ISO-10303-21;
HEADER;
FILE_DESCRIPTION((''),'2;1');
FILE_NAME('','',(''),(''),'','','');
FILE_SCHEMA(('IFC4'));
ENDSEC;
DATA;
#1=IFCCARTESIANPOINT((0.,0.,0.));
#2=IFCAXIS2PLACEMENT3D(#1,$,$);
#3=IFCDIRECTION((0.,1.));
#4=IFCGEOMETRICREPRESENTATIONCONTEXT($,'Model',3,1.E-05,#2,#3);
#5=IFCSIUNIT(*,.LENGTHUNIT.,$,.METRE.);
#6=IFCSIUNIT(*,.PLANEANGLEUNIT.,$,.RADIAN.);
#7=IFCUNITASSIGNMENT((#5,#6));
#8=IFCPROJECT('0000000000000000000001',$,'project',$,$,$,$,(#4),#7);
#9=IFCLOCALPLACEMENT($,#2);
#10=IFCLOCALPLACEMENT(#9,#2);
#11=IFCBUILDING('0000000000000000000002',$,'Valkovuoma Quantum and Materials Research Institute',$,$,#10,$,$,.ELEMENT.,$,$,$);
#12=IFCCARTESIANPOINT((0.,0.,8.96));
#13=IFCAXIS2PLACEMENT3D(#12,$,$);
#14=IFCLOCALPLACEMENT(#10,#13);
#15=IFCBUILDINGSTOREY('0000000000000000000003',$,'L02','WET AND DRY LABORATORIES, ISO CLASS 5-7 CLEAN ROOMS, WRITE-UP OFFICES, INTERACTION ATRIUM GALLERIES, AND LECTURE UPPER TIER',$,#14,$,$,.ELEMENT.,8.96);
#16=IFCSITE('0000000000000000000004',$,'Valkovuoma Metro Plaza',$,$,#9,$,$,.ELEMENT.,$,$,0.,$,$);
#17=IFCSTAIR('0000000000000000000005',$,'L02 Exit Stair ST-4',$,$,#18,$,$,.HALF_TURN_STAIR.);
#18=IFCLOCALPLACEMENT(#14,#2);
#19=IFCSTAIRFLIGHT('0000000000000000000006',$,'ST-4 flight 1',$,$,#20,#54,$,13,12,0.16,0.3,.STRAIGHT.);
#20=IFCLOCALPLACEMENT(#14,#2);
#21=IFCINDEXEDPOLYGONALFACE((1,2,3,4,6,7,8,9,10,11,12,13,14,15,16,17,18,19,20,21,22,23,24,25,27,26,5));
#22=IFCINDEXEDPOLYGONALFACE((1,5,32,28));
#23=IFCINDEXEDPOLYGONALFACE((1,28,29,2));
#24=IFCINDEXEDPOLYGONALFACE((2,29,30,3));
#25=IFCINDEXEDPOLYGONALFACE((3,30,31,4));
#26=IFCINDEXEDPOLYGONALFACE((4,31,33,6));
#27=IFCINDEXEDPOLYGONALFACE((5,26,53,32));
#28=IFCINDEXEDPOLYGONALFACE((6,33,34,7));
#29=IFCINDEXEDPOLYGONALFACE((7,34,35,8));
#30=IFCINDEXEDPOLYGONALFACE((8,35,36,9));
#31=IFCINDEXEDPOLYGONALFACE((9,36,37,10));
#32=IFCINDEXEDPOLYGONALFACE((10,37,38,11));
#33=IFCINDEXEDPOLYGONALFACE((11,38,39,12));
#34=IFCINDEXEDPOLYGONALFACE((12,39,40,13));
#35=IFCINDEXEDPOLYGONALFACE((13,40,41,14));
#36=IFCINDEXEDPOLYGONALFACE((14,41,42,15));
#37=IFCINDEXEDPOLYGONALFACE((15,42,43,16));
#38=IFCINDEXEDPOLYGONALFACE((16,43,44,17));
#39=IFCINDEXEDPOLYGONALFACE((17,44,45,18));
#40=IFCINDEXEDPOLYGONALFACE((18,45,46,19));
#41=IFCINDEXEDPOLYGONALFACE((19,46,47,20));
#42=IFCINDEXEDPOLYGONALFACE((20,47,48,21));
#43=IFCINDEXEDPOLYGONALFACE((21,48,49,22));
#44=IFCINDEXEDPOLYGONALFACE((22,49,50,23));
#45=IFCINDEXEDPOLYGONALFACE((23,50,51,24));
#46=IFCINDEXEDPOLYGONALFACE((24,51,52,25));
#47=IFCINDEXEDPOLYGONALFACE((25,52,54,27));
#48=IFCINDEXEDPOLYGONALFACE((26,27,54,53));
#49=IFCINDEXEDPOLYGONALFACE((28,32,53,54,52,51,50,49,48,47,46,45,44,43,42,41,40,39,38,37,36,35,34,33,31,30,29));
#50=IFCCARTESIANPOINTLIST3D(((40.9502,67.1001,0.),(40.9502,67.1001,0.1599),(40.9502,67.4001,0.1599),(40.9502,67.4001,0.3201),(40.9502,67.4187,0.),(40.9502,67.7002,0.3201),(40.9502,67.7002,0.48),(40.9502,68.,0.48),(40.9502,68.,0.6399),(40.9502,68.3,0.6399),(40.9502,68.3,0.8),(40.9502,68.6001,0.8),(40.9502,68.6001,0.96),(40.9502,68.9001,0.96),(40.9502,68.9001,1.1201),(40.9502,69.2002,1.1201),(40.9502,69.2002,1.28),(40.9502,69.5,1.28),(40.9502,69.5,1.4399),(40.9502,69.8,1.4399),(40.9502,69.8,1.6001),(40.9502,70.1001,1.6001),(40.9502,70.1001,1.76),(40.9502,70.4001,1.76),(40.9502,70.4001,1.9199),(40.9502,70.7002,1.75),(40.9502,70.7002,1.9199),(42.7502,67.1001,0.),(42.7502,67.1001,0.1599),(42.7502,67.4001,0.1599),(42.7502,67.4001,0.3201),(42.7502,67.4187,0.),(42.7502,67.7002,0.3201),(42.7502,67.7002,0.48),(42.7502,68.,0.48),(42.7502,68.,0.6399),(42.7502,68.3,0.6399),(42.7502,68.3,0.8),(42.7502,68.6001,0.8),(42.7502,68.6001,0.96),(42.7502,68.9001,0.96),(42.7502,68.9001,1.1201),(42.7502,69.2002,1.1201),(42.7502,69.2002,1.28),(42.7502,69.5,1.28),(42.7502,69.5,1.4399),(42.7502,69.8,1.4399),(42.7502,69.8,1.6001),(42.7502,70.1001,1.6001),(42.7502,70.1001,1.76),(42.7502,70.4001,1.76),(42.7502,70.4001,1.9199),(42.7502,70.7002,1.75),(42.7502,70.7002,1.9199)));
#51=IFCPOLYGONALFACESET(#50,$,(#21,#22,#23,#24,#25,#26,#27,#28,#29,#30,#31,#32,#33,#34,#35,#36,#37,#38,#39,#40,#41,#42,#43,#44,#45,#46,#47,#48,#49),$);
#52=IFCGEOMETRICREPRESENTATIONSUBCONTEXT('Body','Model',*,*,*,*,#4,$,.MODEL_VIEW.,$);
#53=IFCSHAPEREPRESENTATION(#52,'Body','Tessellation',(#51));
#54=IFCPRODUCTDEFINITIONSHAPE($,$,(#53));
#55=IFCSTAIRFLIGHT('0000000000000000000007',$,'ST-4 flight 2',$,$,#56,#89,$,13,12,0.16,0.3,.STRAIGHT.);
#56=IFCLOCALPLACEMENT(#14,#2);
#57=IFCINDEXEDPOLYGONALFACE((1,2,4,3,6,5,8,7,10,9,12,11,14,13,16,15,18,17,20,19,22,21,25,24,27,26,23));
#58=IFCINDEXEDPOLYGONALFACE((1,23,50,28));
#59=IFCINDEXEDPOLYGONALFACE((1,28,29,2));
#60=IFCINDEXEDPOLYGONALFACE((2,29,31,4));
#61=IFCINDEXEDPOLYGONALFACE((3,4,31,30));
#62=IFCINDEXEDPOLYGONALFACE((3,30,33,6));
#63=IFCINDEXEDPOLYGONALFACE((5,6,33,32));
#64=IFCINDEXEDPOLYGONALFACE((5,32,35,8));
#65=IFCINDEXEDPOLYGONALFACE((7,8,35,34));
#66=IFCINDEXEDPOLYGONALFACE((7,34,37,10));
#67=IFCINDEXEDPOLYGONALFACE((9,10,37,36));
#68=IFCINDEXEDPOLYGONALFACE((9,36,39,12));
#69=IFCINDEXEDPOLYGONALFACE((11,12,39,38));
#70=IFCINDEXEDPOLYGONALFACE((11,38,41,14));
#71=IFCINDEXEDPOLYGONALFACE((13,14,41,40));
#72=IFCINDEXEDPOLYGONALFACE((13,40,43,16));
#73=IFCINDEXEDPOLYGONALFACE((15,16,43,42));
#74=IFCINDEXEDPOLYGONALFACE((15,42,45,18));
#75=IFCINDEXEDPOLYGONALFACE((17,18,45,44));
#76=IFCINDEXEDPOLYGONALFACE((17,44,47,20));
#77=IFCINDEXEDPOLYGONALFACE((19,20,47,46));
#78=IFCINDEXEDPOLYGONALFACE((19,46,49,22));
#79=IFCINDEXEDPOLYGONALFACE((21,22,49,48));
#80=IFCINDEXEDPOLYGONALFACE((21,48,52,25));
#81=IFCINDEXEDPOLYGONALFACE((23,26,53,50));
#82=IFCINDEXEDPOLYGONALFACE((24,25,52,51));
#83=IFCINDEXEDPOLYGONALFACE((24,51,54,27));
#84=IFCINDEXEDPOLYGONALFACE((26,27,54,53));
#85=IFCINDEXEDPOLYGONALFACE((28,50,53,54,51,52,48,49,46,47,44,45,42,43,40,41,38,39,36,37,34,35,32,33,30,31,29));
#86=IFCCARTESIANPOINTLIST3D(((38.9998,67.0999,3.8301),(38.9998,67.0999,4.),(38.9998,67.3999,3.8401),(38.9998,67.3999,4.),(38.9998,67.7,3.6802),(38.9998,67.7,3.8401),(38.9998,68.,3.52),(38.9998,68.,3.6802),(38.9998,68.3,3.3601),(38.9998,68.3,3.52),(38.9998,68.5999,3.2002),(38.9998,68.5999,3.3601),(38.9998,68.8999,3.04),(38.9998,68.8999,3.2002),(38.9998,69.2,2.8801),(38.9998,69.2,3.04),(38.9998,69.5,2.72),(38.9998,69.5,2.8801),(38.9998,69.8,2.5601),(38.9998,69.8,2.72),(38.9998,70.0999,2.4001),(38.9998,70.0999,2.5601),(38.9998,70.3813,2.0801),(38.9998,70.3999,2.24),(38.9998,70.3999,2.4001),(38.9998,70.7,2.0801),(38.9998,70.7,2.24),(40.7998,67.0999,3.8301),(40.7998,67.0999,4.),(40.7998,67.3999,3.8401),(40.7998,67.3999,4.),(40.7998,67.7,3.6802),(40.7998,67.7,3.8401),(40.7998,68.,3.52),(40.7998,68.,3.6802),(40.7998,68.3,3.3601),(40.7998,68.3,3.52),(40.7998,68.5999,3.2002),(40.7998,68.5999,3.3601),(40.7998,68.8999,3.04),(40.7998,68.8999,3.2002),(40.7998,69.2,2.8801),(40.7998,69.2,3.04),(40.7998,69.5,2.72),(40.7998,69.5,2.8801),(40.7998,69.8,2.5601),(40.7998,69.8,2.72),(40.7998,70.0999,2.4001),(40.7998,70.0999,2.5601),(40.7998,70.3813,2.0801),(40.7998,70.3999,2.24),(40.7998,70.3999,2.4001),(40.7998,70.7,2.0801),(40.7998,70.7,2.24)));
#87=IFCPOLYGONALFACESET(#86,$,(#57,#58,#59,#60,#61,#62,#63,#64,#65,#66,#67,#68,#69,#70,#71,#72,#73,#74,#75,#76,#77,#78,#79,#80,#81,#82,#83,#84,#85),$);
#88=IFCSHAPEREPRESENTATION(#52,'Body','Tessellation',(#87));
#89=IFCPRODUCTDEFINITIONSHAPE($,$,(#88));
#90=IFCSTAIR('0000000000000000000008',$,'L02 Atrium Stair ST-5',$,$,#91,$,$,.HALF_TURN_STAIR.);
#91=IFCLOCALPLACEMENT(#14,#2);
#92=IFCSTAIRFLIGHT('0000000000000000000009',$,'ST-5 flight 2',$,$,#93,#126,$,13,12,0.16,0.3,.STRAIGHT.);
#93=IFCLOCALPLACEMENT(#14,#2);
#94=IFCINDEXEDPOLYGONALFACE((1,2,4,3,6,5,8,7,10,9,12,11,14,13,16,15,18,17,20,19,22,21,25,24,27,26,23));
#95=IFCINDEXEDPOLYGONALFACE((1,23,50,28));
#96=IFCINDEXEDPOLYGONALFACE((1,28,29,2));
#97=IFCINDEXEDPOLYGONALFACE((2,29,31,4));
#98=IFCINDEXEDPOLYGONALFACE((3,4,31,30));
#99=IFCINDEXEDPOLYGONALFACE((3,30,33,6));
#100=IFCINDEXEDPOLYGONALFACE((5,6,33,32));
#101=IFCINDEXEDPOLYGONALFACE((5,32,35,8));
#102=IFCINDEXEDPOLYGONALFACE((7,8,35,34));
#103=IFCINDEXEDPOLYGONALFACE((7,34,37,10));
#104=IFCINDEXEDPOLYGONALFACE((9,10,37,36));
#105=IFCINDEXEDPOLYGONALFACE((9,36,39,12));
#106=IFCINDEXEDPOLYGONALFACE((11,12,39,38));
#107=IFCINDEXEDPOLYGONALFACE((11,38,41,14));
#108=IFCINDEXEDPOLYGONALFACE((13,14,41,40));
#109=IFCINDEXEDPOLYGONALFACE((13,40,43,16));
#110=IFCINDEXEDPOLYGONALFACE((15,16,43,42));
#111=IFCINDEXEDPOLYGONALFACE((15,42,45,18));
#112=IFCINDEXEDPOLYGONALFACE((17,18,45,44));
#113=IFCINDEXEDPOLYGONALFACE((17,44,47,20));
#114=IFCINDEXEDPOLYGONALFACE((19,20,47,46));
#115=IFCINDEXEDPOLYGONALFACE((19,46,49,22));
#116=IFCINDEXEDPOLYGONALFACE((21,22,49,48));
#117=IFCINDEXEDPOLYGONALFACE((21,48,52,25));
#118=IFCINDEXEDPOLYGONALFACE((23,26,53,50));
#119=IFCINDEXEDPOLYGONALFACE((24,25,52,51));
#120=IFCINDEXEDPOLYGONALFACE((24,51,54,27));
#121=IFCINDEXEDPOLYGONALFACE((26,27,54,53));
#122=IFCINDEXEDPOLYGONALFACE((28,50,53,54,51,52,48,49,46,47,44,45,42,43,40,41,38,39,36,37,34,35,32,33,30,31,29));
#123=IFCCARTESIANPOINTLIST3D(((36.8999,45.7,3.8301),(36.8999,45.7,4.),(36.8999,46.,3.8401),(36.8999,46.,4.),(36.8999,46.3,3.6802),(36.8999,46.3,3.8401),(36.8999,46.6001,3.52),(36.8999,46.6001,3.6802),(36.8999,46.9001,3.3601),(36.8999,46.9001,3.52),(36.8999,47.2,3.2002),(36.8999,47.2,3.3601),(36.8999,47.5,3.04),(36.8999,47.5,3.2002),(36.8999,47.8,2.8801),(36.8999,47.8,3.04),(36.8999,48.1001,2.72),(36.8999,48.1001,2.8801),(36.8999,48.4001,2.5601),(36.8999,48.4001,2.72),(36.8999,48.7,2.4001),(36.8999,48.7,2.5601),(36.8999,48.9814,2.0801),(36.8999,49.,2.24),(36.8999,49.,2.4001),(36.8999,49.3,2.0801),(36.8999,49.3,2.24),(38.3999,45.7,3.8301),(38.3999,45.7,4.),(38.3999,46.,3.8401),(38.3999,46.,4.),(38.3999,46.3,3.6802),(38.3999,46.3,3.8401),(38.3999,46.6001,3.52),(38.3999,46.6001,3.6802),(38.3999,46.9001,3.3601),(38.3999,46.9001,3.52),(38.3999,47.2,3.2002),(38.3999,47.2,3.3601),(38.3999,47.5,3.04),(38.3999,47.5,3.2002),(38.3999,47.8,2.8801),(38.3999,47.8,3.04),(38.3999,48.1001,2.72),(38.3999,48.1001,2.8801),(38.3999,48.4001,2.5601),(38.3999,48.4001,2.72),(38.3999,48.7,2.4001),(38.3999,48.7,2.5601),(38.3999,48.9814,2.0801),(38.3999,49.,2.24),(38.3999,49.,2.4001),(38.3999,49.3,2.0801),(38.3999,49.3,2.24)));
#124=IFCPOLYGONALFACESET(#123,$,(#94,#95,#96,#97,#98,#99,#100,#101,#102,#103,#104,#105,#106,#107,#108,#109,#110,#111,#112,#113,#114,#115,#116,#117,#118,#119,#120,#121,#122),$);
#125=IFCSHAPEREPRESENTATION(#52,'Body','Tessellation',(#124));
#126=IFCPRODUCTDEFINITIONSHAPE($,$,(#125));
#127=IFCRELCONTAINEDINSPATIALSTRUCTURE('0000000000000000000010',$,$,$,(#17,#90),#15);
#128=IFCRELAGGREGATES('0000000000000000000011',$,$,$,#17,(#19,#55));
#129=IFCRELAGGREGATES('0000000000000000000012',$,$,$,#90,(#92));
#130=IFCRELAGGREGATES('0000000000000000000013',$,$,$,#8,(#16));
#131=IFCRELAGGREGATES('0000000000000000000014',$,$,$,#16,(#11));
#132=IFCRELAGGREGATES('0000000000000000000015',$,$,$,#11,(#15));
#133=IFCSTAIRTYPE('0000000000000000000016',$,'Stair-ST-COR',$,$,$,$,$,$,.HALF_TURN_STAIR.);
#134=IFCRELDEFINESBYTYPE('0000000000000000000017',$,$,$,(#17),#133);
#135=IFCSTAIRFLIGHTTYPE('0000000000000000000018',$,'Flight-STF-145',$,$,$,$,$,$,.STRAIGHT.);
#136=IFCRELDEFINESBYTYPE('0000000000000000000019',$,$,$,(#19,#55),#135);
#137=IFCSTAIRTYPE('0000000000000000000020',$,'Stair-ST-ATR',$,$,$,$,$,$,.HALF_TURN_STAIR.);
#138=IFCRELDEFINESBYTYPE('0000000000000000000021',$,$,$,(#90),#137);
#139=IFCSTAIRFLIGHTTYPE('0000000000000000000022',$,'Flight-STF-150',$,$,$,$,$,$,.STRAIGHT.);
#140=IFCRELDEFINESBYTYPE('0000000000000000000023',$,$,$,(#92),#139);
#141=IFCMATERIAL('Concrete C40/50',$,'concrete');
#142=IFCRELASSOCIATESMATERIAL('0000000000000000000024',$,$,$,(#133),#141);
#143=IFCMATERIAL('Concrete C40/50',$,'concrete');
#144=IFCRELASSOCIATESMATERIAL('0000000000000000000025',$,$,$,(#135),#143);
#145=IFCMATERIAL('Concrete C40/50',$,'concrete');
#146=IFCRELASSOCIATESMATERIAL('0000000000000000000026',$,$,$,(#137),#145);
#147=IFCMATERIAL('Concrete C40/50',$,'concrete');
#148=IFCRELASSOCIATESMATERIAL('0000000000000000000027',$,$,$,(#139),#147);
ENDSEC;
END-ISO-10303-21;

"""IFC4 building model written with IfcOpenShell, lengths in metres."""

from ifc_helpers import new_model, si_unit, direction, frame, origin, place, context, subcontext, project, spatial, polyline, outline, extrude, material, type_object, element, aggregate, save


model = new_model("IFC4")

# Units and contexts
model_context = context("Model", 3, precision=1e-05, world=origin(), true_north=direction((0.0, 1.0)))
body_context = subcontext(model_context, "Body", "Model", "MODEL_VIEW")
ifc_project = project(units=[si_unit("LENGTHUNIT", "METRE"), si_unit("PLANEANGLEUNIT", "RADIAN")], contexts=[model_context])

# Site, building, storey
site_placement = place(None, origin())
site = spatial("IfcSite", under=ifc_project, at=site_placement, Name="Valkovuoma Metro Plaza", CompositionType="ELEMENT", RefElevation=0.0)
building_placement = place(site_placement, origin())
building = spatial("IfcBuilding", under=site, at=building_placement, Name="Valkovuoma Quantum and Materials Research Institute", CompositionType="ELEMENT")
storey_placement = place(building_placement, frame((0.0, 0.0, 8.96)))
storey = spatial("IfcBuildingStorey", under=building, at=storey_placement, Name="L02", Description="WET AND DRY LABORATORIES, ISO CLASS 5-7 CLEAN ROOMS, WRITE-UP OFFICES, INTERACTION ATRIUM GALLERIES, AND LECTURE UPPER TIER", CompositionType="ELEMENT", Elevation=8.96)

# Stair, stair flights
ifc_material_1 = material(Name="Concrete C40/50", Category="concrete")
stair_type_1 = type_object("IfcStairType", Name="Stair-ST-COR", PredefinedType="HALF_TURN_STAIR", material=ifc_material_1)
stair_1_placement = place(storey_placement, origin())
stair_1 = element("IfcStair", 1, at=stair_1_placement, inside=storey, type_object=stair_type_1, Name="L02 Exit Stair ST-4", PredefinedType="HALF_TURN_STAIR")
ifc_material_2 = material(Name="Concrete C40/50", Category="concrete")
stair_flight_type_1 = type_object("IfcStairFlightType", Name="Flight-STF-145", PredefinedType="STRAIGHT", material=ifc_material_2)
stair_flight_1_placement = place(storey_placement, frame((41.8501, 67.1001, 0.0), z_axis=(0.0, 0.0, 1.0), x_axis=(0.0, 1.0, 0.0)))
stair_flight_1 = element("IfcStairFlight", 2, at=stair_flight_1_placement, type_object=stair_flight_type_1, Name="ST-4 flight 1", NumberOfRisers=13, NumberOfTreads=12, PredefinedType="STRAIGHT", RiserHeight=0.16, TreadLength=0.3, context=body_context, shape_type="SweptSolid", body=[
    extrude(outline(polyline([(0.0, 0.0), (0.0, 0.1599), (0.3, 0.1599), (0.3, 0.3201), (0.6001, 0.3201), (0.6001, 0.48), (0.8999, 0.48), (0.8999, 0.6399), (1.2, 0.6399), (1.2, 0.8), (1.5, 0.8), (1.5, 0.96), (1.8, 0.96), (1.8, 1.1201), (2.1001, 1.1201), (2.1001, 1.28), (2.3999, 1.28), (2.3999, 1.4399), (2.7, 1.4399), (2.7, 1.6001), (3.0, 1.6001), (3.0, 1.76), (3.3, 1.76), (3.3, 1.9199), (3.6001, 1.9199), (3.6001, 2.0801), (3.6001, 1.75), (0.3186, 0.0), (0.0, 0.0)])), frame((0.0, 0.8999, 0.0), z_axis=(0.0, -1.0, 0.0), x_axis=(1.0, 0.0, 0.0)), (0.0, 0.0, 1.0), 1.8),
])
stair_flight_2_placement = place(storey_placement, frame((39.8999, 70.7, 2.0801), z_axis=(0.0, 0.0, 1.0), x_axis=(0.0, -1.0, 0.0)))
stair_flight_2 = element("IfcStairFlight", 3, at=stair_flight_2_placement, type_object=stair_flight_type_1, Name="ST-4 flight 2", NumberOfRisers=13, NumberOfTreads=12, PredefinedType="STRAIGHT", RiserHeight=0.16, TreadLength=0.3, context=body_context, shape_type="SweptSolid", body=[
    extrude(outline(polyline([(0.0, 0.0), (0.0, 0.1599), (0.3, 0.1599), (0.3, 0.3201), (0.6001, 0.3201), (0.6001, 0.48), (0.8999, 0.48), (0.8999, 0.6399), (1.2, 0.6399), (1.2, 0.8), (1.5, 0.8), (1.5, 0.96), (1.8, 0.96), (1.8, 1.1201), (2.1001, 1.1201), (2.1001, 1.28), (2.3999, 1.28), (2.3999, 1.4399), (2.7, 1.4399), (2.7, 1.6001), (3.0, 1.6001), (3.0, 1.76), (3.3, 1.76), (3.3, 1.9199), (3.6001, 1.9199), (3.6001, 2.0801), (3.6001, 1.75), (0.3186, 0.0), (0.0, 0.0)])), frame((0.0, 0.8999, 0.0), z_axis=(0.0, -1.0, 0.0), x_axis=(1.0, 0.0, 0.0)), (0.0, 0.0, 1.0), 1.8),
])
aggregate(stair_1, [stair_flight_1, stair_flight_2])

# Stair, stair flight
ifc_material_3 = material(Name="Concrete C40/50", Category="concrete")
stair_type_2 = type_object("IfcStairType", Name="Stair-ST-ATR", PredefinedType="HALF_TURN_STAIR", material=ifc_material_3)
stair_2_placement = place(storey_placement, origin())
stair_2 = element("IfcStair", 4, at=stair_2_placement, inside=storey, type_object=stair_type_2, Name="L02 Atrium Stair ST-5", PredefinedType="HALF_TURN_STAIR")
ifc_material_4 = material(Name="Concrete C40/50", Category="concrete")
stair_flight_type_2 = type_object("IfcStairFlightType", Name="Flight-STF-150", PredefinedType="STRAIGHT", material=ifc_material_4)
stair_flight_3_placement = place(storey_placement, frame((37.6499, 49.3, 2.0801), z_axis=(0.0, 0.0, 1.0), x_axis=(0.0, -1.0, 0.0)))
stair_flight_3 = element("IfcStairFlight", 5, at=stair_flight_3_placement, type_object=stair_flight_type_2, Name="ST-5 flight 2", NumberOfRisers=13, NumberOfTreads=12, PredefinedType="STRAIGHT", RiserHeight=0.16, TreadLength=0.3, context=body_context, shape_type="SweptSolid", body=[
    extrude(outline(polyline([(0.0, 0.0), (0.0, 0.1599), (0.3, 0.1599), (0.3, 0.3201), (0.6001, 0.3201), (0.6001, 0.48), (0.8999, 0.48), (0.8999, 0.6399), (1.2, 0.6399), (1.2, 0.8), (1.5, 0.8), (1.5, 0.96), (1.8, 0.96), (1.8, 1.1201), (2.1001, 1.1201), (2.1001, 1.28), (2.3999, 1.28), (2.3999, 1.4399), (2.7, 1.4399), (2.7, 1.6001), (3.0, 1.6001), (3.0, 1.76), (3.3, 1.76), (3.3, 1.9199), (3.6001, 1.9199), (3.6001, 2.0801), (3.6001, 1.75), (0.3186, 0.0), (0.0, 0.0)])), frame((0.0, 0.75, 0.0), z_axis=(0.0, -1.0, 0.0), x_axis=(1.0, 0.0, 0.0)), (0.0, 0.0, 1.0), 1.5),
])
aggregate(stair_2, [stair_flight_3])

save(model, "model.ifc")
